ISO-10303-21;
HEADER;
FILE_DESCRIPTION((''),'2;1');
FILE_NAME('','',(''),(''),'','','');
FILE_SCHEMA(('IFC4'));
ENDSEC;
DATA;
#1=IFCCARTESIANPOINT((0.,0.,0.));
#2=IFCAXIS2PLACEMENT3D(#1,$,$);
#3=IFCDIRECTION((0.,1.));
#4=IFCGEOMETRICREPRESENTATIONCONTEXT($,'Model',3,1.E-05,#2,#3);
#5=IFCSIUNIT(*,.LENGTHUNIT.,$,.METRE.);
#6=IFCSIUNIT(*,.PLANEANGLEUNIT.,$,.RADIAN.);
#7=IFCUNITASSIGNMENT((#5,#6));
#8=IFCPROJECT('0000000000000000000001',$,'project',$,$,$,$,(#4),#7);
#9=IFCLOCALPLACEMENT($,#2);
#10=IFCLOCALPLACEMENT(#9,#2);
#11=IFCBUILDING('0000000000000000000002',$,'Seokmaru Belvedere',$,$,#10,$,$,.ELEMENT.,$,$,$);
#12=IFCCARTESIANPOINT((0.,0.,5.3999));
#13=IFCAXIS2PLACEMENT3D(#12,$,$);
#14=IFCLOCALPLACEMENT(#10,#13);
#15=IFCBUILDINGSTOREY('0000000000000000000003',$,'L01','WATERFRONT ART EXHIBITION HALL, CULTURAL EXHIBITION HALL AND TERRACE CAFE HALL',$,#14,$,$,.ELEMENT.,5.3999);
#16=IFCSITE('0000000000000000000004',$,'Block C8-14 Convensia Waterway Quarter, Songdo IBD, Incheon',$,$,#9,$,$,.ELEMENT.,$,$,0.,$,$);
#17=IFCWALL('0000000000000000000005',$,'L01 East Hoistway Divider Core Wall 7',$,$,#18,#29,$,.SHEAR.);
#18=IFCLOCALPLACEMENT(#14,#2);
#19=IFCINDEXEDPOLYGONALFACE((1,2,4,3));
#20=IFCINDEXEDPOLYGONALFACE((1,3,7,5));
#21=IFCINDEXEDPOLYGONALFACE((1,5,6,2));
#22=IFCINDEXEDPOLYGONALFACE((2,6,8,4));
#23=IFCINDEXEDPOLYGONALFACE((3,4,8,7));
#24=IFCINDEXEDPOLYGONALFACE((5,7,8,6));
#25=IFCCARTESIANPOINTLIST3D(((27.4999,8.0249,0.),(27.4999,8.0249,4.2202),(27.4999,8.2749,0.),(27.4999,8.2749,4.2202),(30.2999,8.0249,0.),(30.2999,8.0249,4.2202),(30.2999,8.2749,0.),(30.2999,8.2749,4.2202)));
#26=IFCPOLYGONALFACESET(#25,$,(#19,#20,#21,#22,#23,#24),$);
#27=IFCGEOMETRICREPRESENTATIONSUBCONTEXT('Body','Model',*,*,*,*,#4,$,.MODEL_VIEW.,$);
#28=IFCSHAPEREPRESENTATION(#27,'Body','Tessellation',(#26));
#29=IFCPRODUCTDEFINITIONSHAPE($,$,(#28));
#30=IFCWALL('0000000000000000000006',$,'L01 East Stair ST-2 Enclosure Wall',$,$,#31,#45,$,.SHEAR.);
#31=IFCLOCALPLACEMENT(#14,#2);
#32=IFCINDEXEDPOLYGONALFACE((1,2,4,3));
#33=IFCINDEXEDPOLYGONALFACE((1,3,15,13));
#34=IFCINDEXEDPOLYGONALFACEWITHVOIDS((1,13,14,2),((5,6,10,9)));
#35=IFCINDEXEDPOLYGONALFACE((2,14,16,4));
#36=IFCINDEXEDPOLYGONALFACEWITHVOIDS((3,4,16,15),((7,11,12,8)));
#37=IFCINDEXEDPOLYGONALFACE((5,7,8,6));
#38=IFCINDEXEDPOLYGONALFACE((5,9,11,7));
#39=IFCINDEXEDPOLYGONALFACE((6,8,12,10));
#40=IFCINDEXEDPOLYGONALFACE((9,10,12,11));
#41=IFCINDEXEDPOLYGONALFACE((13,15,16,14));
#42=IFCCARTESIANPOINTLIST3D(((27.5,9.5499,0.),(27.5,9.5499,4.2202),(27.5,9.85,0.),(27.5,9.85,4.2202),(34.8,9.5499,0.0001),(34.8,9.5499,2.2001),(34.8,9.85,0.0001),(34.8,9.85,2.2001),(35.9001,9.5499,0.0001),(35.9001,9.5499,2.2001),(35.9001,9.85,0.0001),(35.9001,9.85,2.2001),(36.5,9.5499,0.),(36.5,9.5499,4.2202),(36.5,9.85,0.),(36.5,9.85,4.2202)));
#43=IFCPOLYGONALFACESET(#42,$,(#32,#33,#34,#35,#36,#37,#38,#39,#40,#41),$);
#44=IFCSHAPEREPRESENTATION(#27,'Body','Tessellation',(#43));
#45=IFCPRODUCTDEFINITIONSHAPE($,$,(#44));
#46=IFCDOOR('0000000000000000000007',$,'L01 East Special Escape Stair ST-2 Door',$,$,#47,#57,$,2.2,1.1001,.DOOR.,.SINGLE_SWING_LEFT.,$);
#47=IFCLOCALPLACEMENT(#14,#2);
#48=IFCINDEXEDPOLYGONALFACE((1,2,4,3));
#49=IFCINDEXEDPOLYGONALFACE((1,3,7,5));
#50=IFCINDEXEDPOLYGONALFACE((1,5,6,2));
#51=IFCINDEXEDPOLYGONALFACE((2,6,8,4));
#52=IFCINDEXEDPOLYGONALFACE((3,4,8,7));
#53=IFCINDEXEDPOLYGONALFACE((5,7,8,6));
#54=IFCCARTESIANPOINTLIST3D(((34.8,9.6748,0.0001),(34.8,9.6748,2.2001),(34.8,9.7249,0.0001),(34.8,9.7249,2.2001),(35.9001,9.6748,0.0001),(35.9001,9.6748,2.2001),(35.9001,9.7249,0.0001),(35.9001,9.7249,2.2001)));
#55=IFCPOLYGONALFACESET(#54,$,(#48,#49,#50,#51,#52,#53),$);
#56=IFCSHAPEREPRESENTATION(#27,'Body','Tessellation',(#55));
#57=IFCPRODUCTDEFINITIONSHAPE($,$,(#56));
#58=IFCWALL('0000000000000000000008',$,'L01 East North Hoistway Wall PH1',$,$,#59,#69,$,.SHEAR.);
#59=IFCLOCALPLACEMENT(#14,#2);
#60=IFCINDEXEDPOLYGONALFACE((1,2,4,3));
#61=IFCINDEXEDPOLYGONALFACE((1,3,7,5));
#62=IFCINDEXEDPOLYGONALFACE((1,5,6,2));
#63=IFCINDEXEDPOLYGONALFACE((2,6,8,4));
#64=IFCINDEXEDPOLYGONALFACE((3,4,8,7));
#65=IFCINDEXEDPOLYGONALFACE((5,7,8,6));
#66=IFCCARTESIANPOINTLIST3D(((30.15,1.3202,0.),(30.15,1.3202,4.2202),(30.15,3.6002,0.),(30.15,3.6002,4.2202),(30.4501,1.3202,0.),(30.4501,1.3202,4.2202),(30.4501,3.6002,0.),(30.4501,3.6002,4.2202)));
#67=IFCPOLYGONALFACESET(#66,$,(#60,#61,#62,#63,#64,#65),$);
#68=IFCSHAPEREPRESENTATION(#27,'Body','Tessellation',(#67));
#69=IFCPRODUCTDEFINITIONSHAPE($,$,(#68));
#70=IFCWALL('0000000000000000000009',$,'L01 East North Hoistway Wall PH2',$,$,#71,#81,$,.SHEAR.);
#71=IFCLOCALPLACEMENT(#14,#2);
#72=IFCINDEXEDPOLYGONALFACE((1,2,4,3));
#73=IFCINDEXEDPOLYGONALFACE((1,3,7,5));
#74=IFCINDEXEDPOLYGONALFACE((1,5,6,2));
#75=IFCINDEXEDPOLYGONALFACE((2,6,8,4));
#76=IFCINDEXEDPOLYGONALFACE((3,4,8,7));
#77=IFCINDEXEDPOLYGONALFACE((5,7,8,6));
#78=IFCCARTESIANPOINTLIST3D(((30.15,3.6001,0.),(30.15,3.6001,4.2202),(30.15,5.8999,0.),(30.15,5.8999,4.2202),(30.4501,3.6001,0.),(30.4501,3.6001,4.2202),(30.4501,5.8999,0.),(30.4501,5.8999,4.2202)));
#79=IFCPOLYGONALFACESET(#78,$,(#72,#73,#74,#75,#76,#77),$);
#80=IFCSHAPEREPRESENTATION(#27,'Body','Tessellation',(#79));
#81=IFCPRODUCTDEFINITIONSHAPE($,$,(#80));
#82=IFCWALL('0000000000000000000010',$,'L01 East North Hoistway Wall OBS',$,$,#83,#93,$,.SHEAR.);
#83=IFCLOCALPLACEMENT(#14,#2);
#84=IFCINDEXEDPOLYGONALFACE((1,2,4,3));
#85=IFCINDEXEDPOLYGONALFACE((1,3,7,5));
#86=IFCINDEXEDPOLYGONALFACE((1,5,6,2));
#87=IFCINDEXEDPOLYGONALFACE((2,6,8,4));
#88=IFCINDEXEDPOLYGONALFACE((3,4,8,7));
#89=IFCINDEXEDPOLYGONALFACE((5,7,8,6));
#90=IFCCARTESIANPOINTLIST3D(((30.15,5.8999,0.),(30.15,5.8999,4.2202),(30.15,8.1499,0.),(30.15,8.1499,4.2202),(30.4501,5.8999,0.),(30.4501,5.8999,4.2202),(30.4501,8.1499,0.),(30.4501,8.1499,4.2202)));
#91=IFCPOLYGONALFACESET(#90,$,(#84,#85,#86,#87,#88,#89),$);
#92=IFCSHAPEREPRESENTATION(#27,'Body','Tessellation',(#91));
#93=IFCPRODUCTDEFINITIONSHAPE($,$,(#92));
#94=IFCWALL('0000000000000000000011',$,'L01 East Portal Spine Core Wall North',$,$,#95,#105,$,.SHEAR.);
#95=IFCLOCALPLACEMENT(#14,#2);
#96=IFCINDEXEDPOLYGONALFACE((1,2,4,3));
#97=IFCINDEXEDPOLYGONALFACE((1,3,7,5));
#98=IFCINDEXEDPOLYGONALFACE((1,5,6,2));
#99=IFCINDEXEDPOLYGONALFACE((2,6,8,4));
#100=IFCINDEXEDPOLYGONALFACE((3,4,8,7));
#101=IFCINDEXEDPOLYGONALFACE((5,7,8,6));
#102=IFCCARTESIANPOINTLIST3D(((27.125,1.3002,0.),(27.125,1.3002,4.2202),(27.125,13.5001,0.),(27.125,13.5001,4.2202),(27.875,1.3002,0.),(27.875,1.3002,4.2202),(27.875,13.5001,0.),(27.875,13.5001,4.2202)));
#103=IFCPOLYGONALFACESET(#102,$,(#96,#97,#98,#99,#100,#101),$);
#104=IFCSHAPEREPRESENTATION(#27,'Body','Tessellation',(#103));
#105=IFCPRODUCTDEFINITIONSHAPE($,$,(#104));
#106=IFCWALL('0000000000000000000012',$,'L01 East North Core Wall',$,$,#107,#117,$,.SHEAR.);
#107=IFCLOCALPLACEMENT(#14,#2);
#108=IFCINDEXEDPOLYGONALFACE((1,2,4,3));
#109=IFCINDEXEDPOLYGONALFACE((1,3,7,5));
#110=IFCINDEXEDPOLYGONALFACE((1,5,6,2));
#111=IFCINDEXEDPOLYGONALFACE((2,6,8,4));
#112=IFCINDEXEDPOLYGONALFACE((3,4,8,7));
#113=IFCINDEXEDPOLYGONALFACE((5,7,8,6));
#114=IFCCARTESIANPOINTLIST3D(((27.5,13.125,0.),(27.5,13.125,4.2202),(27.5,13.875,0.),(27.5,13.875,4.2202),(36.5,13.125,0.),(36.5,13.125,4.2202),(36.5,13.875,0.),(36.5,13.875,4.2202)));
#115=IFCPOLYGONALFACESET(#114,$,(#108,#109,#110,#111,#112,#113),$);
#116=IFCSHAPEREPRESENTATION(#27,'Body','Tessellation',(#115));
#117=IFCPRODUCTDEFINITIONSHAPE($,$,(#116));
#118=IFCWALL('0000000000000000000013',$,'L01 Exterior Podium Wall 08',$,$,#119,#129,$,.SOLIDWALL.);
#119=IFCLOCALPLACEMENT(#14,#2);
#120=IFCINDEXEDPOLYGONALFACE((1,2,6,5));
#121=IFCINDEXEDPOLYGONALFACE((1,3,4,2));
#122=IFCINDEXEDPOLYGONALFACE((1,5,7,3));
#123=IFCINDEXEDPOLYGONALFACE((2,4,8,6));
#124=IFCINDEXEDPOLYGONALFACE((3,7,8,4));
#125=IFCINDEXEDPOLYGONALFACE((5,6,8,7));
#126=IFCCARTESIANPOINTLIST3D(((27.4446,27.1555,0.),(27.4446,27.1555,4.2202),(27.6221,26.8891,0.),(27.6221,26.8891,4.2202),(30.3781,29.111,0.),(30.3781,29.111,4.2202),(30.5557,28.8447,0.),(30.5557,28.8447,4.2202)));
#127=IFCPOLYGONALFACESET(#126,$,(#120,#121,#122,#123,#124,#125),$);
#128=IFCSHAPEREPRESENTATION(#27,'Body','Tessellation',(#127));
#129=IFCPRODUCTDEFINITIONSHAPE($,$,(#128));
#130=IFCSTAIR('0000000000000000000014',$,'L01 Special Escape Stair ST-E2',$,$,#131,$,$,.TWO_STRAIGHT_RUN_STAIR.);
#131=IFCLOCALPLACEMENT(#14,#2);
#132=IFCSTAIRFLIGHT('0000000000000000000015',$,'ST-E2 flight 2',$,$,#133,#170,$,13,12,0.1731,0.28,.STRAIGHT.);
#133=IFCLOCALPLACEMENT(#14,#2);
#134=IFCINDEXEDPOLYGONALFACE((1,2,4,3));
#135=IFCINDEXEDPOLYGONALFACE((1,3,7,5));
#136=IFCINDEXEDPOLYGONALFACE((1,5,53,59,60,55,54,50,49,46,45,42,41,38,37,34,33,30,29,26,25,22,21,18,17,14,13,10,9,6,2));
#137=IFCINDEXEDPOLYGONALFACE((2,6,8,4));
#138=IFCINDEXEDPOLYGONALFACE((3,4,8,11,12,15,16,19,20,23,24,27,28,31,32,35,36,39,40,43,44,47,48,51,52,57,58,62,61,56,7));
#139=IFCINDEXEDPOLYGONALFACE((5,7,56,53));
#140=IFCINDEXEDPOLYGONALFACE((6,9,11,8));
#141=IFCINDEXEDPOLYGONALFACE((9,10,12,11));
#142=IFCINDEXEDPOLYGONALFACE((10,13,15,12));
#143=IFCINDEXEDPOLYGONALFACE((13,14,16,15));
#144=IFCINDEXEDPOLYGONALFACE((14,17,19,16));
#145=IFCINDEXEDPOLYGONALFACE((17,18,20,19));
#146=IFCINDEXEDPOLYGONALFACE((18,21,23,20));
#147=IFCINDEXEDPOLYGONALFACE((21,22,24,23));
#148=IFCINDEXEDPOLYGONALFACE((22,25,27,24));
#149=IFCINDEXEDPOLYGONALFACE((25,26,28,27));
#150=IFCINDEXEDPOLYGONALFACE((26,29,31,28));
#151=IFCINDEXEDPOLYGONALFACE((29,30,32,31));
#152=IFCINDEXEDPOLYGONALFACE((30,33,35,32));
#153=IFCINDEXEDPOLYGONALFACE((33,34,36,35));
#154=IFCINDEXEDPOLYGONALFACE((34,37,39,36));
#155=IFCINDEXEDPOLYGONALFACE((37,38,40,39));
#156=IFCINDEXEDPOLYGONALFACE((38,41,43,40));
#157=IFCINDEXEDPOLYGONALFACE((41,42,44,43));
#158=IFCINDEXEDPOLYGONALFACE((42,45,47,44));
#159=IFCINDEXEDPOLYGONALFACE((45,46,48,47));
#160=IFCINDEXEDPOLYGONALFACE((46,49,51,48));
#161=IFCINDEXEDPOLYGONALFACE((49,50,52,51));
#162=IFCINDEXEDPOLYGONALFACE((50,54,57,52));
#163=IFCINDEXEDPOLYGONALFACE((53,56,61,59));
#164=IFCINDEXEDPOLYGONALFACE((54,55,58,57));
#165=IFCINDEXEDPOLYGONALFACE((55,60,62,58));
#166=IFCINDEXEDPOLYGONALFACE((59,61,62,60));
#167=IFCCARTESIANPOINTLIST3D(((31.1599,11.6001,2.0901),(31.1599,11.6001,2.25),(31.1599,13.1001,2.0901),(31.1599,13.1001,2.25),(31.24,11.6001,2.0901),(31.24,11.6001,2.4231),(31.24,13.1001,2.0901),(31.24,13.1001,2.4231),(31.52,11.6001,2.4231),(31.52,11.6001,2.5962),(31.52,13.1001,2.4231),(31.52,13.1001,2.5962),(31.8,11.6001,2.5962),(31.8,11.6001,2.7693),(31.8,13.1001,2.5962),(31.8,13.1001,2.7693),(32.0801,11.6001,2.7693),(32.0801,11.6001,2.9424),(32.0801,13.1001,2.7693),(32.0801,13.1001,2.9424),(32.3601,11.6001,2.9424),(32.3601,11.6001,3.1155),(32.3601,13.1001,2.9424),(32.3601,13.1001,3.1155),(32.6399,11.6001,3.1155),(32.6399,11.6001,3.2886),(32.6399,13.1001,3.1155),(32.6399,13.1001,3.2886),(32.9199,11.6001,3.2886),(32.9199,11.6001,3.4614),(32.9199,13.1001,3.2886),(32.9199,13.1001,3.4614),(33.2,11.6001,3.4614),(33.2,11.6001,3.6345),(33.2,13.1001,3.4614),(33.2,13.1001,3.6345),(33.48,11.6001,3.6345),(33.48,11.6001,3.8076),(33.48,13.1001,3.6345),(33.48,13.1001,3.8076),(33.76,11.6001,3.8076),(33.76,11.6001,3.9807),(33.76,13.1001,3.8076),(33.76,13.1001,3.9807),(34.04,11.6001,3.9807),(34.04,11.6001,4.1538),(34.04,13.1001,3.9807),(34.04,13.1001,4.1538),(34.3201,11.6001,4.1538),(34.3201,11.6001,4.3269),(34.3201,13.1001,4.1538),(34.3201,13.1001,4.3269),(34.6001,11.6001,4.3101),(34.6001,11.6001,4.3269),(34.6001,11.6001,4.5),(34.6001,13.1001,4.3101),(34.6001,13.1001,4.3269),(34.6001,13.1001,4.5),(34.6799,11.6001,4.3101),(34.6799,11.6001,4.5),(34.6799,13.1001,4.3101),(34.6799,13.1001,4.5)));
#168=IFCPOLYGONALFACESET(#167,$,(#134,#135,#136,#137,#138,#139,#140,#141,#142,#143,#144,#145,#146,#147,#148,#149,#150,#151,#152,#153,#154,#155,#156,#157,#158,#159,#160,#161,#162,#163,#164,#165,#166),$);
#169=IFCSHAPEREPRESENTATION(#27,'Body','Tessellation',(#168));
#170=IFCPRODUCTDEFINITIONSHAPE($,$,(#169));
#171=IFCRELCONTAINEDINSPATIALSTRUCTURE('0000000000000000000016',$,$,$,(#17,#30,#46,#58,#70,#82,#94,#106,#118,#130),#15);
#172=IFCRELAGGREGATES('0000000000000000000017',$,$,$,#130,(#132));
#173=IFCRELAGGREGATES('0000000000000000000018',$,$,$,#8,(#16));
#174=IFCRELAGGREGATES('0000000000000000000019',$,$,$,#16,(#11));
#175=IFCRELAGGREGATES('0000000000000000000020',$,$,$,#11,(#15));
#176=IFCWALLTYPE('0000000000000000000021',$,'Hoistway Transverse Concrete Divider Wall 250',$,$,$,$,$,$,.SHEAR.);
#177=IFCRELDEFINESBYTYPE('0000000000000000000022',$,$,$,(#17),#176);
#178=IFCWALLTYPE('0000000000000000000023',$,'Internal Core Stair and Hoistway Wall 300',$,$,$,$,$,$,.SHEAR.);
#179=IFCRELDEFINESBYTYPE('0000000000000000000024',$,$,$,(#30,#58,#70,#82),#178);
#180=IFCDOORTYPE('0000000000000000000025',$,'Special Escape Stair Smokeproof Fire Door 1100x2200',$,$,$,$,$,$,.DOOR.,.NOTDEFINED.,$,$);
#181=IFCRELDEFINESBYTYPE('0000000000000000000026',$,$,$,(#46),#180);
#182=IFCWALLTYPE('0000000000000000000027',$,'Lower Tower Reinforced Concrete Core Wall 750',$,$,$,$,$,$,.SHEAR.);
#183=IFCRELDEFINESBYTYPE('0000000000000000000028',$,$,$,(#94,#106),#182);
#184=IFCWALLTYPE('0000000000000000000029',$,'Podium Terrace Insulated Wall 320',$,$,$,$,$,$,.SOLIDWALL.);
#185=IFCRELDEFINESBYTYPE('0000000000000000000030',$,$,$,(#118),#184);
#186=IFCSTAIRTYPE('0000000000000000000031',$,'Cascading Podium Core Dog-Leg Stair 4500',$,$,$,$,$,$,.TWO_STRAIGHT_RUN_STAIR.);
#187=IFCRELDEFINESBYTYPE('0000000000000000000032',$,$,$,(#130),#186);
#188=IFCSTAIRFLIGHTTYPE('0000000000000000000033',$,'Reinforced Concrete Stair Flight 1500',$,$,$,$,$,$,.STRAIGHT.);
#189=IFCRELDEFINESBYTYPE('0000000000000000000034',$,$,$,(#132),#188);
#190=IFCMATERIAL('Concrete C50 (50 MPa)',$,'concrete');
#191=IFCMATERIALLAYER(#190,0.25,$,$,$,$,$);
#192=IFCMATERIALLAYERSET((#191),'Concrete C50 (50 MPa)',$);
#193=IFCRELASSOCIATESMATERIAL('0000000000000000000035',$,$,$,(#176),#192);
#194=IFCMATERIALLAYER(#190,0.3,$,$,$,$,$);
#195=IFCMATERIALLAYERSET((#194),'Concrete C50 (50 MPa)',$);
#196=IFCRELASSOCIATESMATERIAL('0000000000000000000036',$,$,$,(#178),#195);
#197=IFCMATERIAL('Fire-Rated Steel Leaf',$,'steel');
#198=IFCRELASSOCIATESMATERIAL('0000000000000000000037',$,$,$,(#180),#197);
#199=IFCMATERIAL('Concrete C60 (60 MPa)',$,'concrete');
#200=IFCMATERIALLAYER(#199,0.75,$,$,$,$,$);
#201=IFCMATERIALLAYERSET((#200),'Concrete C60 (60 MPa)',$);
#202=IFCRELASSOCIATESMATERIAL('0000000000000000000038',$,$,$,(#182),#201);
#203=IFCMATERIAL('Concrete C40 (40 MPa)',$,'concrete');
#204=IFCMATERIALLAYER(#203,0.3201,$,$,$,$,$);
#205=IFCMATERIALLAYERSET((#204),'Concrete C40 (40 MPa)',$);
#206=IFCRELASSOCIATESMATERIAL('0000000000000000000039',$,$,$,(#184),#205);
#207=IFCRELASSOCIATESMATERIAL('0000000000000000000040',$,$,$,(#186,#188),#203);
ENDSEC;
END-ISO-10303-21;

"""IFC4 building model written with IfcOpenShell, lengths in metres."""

from ifc_helpers import new_model, si_unit, direction, frame, frame_2d, origin, place, context, subcontext, project, spatial, polyline, rectangle, outline, extrude, source, transform, mapped, material, layer, layer_set, type_object, type_shapes, element, fill, aggregate, save


model = new_model("IFC4")

# Units and contexts
model_context = context("Model", 3, precision=1e-05, world=origin(), true_north=direction((0.0, 1.0)))
body_context = subcontext(model_context, "Body", "Model", "MODEL_VIEW")
ifc_project = project(units=[si_unit("LENGTHUNIT", "METRE"), si_unit("PLANEANGLEUNIT", "RADIAN")], contexts=[model_context])

# Site, building, storey
site_placement = place(None, origin())
site = spatial("IfcSite", under=ifc_project, at=site_placement, Name="Block C8-14 Convensia Waterway Quarter, Songdo IBD, Incheon", CompositionType="ELEMENT", RefElevation=0.0)
building_placement = place(site_placement, origin())
building = spatial("IfcBuilding", under=site, at=building_placement, Name="Seokmaru Belvedere", CompositionType="ELEMENT")
storey_placement = place(building_placement, frame((0.0, 0.0, 5.3999)))
storey = spatial("IfcBuildingStorey", under=building, at=storey_placement, Name="L01", Description="WATERFRONT ART EXHIBITION HALL, CULTURAL EXHIBITION HALL AND TERRACE CAFE HALL", CompositionType="ELEMENT", Elevation=5.3999)

# Shared definitions
ifc_material_1 = material(Name="Concrete C50 (50 MPa)", Category="concrete")

# Shared definitions
ifc_material_2 = material(Name="Fire-Rated Steel Leaf", Category="steel")

# Wall
ifc_layer_1 = layer(ifc_material_1, 0.25)
ifc_layer_set_1 = layer_set([ifc_layer_1], Name="Concrete C50 (50 MPa)")
wall_type_1 = type_object("IfcWallType", Name="Hoistway Transverse Concrete Divider Wall 250", PredefinedType="SHEAR", material=ifc_layer_set_1)
for number, where, z_axis, x_axis, name in (
    (1, (27.5, 8.1499, 0.0), (0.0, 0.0, 1.0), (1.0, 0.0, 0.0), "L01 East Hoistway Divider Core Wall 7"),
):
    element("IfcWall", number, at=place(storey_placement, frame(where, z_axis=z_axis, x_axis=x_axis)), inside=storey, type_object=wall_type_1, Name=name, PredefinedType="SHEAR", context=body_context, shape_type="SweptSolid", body=[
        extrude(rectangle(XDim=2.8, YDim=0.25, at=frame_2d((1.3999, 0.0))), origin(), (0.0, 0.0, 1.0), 4.2202),
    ])

# Wall, opening, door
ifc_layer_2 = layer(ifc_material_1, 0.3)
ifc_layer_set_2 = layer_set([ifc_layer_2], Name="Concrete C50 (50 MPa)")
wall_type_2 = type_object("IfcWallType", Name="Internal Core Stair and Hoistway Wall 300", PredefinedType="SHEAR", material=ifc_layer_set_2)
wall_1_placement = place(storey_placement, frame((27.5, 9.7, 0.0), z_axis=(0.0, 0.0, 1.0), x_axis=(1.0, 0.0, 0.0)))
wall_1 = element("IfcWall", 2, at=wall_1_placement, inside=storey, type_object=wall_type_2, Name="L01 East Stair ST-2 Enclosure Wall", PredefinedType="SHEAR", context=body_context, shape_type="SweptSolid", body=[
    extrude(rectangle(XDim=9.0, YDim=0.3, at=frame_2d((4.5, 0.0))), origin(), (0.0, 0.0, 1.0), 4.2202),
])
opening_1_placement = place(wall_1_placement, frame((7.3, 0.0, 0.0)))
opening_1 = element("IfcOpeningElement", 3, at=opening_1_placement, cuts=wall_1, PredefinedType="OPENING", context=body_context, shape_type="SweptSolid", body=[
    extrude(rectangle(XDim=1.1001, YDim=2.2, at=frame_2d((0.55, 1.1001))), frame((0.0, 0.1602, 0.0), z_axis=(0.0, -1.0, 0.0), x_axis=(1.0, 0.0, 0.0)), (0.0, 0.0, 1.0), 0.3201),
])
door_type_1 = type_object("IfcDoorType", Name="Special Escape Stair Smokeproof Fire Door 1100x2200", OperationType="NOTDEFINED", PredefinedType="DOOR", material=ifc_material_2)
shared_shape_1 = source(origin(), body_context, "Body", "SweptSolid", [
    extrude(rectangle(XDim=1.1001, YDim=2.2, at=frame_2d((0.55, 1.1001))), frame((0.0, 0.0249, 0.0), z_axis=(0.0, -1.0, 0.0), x_axis=(1.0, 0.0, 0.0)), (0.0, 0.0, 1.0), 0.05),
])
type_shapes(door_type_1, [shared_shape_1])
door_1_placement = place(opening_1_placement, origin())
door_1 = element("IfcDoor", 4, at=door_1_placement, inside=storey, type_object=door_type_1, Name="L01 East Special Escape Stair ST-2 Door", OperationType="SINGLE_SWING_LEFT", OverallHeight=2.2, OverallWidth=1.1001, PredefinedType="DOOR", context=body_context, shape_type="MappedRepresentation", body=[
    mapped(shared_shape_1, transform((0.0, 0.0, 0.0), scale=1.0)),
])
fill(opening_1, door_1)

# Walls
wall_2_placement = place(storey_placement, frame((30.3, 1.3201, 0.0), z_axis=(0.0, 0.0, 1.0), x_axis=(0.0, 1.0, 0.0)))
element("IfcWall", 5, at=wall_2_placement, inside=storey, type_object=wall_type_2, Name="L01 East North Hoistway Wall PH1", PredefinedType="SHEAR", context=body_context, shape_type="SweptSolid", body=[
    extrude(rectangle(XDim=2.28, YDim=0.3, at=frame_2d((1.1401, 0.0))), origin(), (0.0, 0.0, 1.0), 4.2202),
])
wall_3_placement = place(storey_placement, frame((30.3, 3.6001, 0.0), z_axis=(0.0, 0.0, 1.0), x_axis=(0.0, 1.0, 0.0)))
element("IfcWall", 6, at=wall_3_placement, inside=storey, type_object=wall_type_2, Name="L01 East North Hoistway Wall PH2", PredefinedType="SHEAR", context=body_context, shape_type="SweptSolid", body=[
    extrude(rectangle(XDim=2.2998, YDim=0.3, at=frame_2d((1.1499, 0.0))), origin(), (0.0, 0.0, 1.0), 4.2202),
])
wall_4_placement = place(storey_placement, frame((30.3, 5.8999, 0.0), z_axis=(0.0, 0.0, 1.0), x_axis=(0.0, 1.0, 0.0)))
element("IfcWall", 7, at=wall_4_placement, inside=storey, type_object=wall_type_2, Name="L01 East North Hoistway Wall OBS", PredefinedType="SHEAR", context=body_context, shape_type="SweptSolid", body=[
    extrude(rectangle(XDim=2.25, YDim=0.3, at=frame_2d((1.125, 0.0))), origin(), (0.0, 0.0, 1.0), 4.2202),
])

# Walls
ifc_material_3 = material(Name="Concrete C60 (60 MPa)", Category="concrete")
ifc_layer_3 = layer(ifc_material_3, 0.75)
ifc_layer_set_3 = layer_set([ifc_layer_3], Name="Concrete C60 (60 MPa)")
wall_type_3 = type_object("IfcWallType", Name="Lower Tower Reinforced Concrete Core Wall 750", PredefinedType="SHEAR", material=ifc_layer_set_3)
wall_5_placement = place(storey_placement, frame((27.5, 1.3, 0.0), z_axis=(0.0, 0.0, 1.0), x_axis=(0.0, 1.0, 0.0)))
element("IfcWall", 8, at=wall_5_placement, inside=storey, type_object=wall_type_3, Name="L01 East Portal Spine Core Wall North", PredefinedType="SHEAR", context=body_context, shape_type="SweptSolid", body=[
    extrude(rectangle(XDim=12.2, YDim=0.75, at=frame_2d((6.1001, 0.0))), origin(), (0.0, 0.0, 1.0), 4.2202),
])
wall_6_placement = place(storey_placement, frame((27.5, 13.5, 0.0), z_axis=(0.0, 0.0, 1.0), x_axis=(1.0, 0.0, 0.0)))
element("IfcWall", 9, at=wall_6_placement, inside=storey, type_object=wall_type_3, Name="L01 East North Core Wall", PredefinedType="SHEAR", context=body_context, shape_type="SweptSolid", body=[
    extrude(rectangle(XDim=9.0, YDim=0.75, at=frame_2d((4.5, 0.0))), origin(), (0.0, 0.0, 1.0), 4.2202),
])
ifc_material_4 = material(Name="Concrete C40 (40 MPa)", Category="concrete")
ifc_layer_4 = layer(ifc_material_4, 0.3201)
ifc_layer_set_4 = layer_set([ifc_layer_4], Name="Concrete C40 (40 MPa)")
wall_type_4 = type_object("IfcWallType", Name="Podium Terrace Insulated Wall 320", PredefinedType="SOLIDWALL", material=ifc_layer_set_4)
wall_7_placement = place(storey_placement, frame((30.4668, 28.9778, 0.0), z_axis=(0.0, 0.0, 1.0), x_axis=(-0.832072, -0.554668, 0.0)))
element("IfcWall", 10, at=wall_7_placement, inside=storey, type_object=wall_type_4, Name="L01 Exterior Podium Wall 08", PredefinedType="SOLIDWALL", context=body_context, shape_type="SweptSolid", body=[
    extrude(rectangle(XDim=3.5256, YDim=0.3201, at=frame_2d((1.7627, 0.0))), origin(), (0.0, 0.0, 1.0), 4.2202),
])

# Stair, stair flight
stair_type = type_object("IfcStairType", Name="Cascading Podium Core Dog-Leg Stair 4500", PredefinedType="TWO_STRAIGHT_RUN_STAIR", material=ifc_material_4)
stair_placement = place(storey_placement, origin())
stair = element("IfcStair", 11, at=stair_placement, inside=storey, type_object=stair_type, Name="L01 Special Escape Stair ST-E2", PredefinedType="TWO_STRAIGHT_RUN_STAIR")
stair_flight_type = type_object("IfcStairFlightType", Name="Reinforced Concrete Stair Flight 1500", PredefinedType="STRAIGHT", material=ifc_material_4)
stair_flight_placement = place(storey_placement, frame((31.24, 12.3501, 2.25), z_axis=(0.0, 0.0, 1.0), x_axis=(1.0, 0.0, 0.0)))
stair_flight = element("IfcStairFlight", 12, at=stair_flight_placement, type_object=stair_flight_type, Name="ST-E2 flight 2", NumberOfRisers=13, NumberOfTreads=12, PredefinedType="STRAIGHT", RiserHeight=0.1731, TreadLength=0.28, context=body_context, shape_type="SweptSolid", body=[
    extrude(outline(polyline([(-0.0801, 0.0), (0.0, 0.1731), (0.28, 0.1731), (0.28, 0.3462), (0.5601, 0.3462), (0.5601, 0.5193), (0.8401, 0.5193), (0.8401, 0.6924), (1.1201, 0.6924), (1.1201, 0.8655), (1.3999, 0.8655), (1.3999, 1.0386), (1.6799, 1.0386), (1.6799, 1.2114), (1.96, 1.2114), (1.96, 1.3845), (2.24, 1.3845), (2.24, 1.5576), (2.52, 1.5576), (2.52, 1.7307), (2.8, 1.7307), (2.8, 1.9038), (3.0801, 1.9038), (3.0801, 2.0769), (3.3601, 2.0769), (3.3601, 2.25), (3.4399, 2.25), (3.4399, 2.0601), (3.3601, 2.0601), (0.0, -0.1599), (-0.0801, -0.1599), (-0.0801, 0.0)])), frame((0.0, 0.75, 0.0), z_axis=(0.0, -1.0, 0.0), x_axis=(1.0, 0.0, 0.0)), (0.0, 0.0, 1.0), 1.5),
])
aggregate(stair, [stair_flight])

save(model, "model.ifc")
